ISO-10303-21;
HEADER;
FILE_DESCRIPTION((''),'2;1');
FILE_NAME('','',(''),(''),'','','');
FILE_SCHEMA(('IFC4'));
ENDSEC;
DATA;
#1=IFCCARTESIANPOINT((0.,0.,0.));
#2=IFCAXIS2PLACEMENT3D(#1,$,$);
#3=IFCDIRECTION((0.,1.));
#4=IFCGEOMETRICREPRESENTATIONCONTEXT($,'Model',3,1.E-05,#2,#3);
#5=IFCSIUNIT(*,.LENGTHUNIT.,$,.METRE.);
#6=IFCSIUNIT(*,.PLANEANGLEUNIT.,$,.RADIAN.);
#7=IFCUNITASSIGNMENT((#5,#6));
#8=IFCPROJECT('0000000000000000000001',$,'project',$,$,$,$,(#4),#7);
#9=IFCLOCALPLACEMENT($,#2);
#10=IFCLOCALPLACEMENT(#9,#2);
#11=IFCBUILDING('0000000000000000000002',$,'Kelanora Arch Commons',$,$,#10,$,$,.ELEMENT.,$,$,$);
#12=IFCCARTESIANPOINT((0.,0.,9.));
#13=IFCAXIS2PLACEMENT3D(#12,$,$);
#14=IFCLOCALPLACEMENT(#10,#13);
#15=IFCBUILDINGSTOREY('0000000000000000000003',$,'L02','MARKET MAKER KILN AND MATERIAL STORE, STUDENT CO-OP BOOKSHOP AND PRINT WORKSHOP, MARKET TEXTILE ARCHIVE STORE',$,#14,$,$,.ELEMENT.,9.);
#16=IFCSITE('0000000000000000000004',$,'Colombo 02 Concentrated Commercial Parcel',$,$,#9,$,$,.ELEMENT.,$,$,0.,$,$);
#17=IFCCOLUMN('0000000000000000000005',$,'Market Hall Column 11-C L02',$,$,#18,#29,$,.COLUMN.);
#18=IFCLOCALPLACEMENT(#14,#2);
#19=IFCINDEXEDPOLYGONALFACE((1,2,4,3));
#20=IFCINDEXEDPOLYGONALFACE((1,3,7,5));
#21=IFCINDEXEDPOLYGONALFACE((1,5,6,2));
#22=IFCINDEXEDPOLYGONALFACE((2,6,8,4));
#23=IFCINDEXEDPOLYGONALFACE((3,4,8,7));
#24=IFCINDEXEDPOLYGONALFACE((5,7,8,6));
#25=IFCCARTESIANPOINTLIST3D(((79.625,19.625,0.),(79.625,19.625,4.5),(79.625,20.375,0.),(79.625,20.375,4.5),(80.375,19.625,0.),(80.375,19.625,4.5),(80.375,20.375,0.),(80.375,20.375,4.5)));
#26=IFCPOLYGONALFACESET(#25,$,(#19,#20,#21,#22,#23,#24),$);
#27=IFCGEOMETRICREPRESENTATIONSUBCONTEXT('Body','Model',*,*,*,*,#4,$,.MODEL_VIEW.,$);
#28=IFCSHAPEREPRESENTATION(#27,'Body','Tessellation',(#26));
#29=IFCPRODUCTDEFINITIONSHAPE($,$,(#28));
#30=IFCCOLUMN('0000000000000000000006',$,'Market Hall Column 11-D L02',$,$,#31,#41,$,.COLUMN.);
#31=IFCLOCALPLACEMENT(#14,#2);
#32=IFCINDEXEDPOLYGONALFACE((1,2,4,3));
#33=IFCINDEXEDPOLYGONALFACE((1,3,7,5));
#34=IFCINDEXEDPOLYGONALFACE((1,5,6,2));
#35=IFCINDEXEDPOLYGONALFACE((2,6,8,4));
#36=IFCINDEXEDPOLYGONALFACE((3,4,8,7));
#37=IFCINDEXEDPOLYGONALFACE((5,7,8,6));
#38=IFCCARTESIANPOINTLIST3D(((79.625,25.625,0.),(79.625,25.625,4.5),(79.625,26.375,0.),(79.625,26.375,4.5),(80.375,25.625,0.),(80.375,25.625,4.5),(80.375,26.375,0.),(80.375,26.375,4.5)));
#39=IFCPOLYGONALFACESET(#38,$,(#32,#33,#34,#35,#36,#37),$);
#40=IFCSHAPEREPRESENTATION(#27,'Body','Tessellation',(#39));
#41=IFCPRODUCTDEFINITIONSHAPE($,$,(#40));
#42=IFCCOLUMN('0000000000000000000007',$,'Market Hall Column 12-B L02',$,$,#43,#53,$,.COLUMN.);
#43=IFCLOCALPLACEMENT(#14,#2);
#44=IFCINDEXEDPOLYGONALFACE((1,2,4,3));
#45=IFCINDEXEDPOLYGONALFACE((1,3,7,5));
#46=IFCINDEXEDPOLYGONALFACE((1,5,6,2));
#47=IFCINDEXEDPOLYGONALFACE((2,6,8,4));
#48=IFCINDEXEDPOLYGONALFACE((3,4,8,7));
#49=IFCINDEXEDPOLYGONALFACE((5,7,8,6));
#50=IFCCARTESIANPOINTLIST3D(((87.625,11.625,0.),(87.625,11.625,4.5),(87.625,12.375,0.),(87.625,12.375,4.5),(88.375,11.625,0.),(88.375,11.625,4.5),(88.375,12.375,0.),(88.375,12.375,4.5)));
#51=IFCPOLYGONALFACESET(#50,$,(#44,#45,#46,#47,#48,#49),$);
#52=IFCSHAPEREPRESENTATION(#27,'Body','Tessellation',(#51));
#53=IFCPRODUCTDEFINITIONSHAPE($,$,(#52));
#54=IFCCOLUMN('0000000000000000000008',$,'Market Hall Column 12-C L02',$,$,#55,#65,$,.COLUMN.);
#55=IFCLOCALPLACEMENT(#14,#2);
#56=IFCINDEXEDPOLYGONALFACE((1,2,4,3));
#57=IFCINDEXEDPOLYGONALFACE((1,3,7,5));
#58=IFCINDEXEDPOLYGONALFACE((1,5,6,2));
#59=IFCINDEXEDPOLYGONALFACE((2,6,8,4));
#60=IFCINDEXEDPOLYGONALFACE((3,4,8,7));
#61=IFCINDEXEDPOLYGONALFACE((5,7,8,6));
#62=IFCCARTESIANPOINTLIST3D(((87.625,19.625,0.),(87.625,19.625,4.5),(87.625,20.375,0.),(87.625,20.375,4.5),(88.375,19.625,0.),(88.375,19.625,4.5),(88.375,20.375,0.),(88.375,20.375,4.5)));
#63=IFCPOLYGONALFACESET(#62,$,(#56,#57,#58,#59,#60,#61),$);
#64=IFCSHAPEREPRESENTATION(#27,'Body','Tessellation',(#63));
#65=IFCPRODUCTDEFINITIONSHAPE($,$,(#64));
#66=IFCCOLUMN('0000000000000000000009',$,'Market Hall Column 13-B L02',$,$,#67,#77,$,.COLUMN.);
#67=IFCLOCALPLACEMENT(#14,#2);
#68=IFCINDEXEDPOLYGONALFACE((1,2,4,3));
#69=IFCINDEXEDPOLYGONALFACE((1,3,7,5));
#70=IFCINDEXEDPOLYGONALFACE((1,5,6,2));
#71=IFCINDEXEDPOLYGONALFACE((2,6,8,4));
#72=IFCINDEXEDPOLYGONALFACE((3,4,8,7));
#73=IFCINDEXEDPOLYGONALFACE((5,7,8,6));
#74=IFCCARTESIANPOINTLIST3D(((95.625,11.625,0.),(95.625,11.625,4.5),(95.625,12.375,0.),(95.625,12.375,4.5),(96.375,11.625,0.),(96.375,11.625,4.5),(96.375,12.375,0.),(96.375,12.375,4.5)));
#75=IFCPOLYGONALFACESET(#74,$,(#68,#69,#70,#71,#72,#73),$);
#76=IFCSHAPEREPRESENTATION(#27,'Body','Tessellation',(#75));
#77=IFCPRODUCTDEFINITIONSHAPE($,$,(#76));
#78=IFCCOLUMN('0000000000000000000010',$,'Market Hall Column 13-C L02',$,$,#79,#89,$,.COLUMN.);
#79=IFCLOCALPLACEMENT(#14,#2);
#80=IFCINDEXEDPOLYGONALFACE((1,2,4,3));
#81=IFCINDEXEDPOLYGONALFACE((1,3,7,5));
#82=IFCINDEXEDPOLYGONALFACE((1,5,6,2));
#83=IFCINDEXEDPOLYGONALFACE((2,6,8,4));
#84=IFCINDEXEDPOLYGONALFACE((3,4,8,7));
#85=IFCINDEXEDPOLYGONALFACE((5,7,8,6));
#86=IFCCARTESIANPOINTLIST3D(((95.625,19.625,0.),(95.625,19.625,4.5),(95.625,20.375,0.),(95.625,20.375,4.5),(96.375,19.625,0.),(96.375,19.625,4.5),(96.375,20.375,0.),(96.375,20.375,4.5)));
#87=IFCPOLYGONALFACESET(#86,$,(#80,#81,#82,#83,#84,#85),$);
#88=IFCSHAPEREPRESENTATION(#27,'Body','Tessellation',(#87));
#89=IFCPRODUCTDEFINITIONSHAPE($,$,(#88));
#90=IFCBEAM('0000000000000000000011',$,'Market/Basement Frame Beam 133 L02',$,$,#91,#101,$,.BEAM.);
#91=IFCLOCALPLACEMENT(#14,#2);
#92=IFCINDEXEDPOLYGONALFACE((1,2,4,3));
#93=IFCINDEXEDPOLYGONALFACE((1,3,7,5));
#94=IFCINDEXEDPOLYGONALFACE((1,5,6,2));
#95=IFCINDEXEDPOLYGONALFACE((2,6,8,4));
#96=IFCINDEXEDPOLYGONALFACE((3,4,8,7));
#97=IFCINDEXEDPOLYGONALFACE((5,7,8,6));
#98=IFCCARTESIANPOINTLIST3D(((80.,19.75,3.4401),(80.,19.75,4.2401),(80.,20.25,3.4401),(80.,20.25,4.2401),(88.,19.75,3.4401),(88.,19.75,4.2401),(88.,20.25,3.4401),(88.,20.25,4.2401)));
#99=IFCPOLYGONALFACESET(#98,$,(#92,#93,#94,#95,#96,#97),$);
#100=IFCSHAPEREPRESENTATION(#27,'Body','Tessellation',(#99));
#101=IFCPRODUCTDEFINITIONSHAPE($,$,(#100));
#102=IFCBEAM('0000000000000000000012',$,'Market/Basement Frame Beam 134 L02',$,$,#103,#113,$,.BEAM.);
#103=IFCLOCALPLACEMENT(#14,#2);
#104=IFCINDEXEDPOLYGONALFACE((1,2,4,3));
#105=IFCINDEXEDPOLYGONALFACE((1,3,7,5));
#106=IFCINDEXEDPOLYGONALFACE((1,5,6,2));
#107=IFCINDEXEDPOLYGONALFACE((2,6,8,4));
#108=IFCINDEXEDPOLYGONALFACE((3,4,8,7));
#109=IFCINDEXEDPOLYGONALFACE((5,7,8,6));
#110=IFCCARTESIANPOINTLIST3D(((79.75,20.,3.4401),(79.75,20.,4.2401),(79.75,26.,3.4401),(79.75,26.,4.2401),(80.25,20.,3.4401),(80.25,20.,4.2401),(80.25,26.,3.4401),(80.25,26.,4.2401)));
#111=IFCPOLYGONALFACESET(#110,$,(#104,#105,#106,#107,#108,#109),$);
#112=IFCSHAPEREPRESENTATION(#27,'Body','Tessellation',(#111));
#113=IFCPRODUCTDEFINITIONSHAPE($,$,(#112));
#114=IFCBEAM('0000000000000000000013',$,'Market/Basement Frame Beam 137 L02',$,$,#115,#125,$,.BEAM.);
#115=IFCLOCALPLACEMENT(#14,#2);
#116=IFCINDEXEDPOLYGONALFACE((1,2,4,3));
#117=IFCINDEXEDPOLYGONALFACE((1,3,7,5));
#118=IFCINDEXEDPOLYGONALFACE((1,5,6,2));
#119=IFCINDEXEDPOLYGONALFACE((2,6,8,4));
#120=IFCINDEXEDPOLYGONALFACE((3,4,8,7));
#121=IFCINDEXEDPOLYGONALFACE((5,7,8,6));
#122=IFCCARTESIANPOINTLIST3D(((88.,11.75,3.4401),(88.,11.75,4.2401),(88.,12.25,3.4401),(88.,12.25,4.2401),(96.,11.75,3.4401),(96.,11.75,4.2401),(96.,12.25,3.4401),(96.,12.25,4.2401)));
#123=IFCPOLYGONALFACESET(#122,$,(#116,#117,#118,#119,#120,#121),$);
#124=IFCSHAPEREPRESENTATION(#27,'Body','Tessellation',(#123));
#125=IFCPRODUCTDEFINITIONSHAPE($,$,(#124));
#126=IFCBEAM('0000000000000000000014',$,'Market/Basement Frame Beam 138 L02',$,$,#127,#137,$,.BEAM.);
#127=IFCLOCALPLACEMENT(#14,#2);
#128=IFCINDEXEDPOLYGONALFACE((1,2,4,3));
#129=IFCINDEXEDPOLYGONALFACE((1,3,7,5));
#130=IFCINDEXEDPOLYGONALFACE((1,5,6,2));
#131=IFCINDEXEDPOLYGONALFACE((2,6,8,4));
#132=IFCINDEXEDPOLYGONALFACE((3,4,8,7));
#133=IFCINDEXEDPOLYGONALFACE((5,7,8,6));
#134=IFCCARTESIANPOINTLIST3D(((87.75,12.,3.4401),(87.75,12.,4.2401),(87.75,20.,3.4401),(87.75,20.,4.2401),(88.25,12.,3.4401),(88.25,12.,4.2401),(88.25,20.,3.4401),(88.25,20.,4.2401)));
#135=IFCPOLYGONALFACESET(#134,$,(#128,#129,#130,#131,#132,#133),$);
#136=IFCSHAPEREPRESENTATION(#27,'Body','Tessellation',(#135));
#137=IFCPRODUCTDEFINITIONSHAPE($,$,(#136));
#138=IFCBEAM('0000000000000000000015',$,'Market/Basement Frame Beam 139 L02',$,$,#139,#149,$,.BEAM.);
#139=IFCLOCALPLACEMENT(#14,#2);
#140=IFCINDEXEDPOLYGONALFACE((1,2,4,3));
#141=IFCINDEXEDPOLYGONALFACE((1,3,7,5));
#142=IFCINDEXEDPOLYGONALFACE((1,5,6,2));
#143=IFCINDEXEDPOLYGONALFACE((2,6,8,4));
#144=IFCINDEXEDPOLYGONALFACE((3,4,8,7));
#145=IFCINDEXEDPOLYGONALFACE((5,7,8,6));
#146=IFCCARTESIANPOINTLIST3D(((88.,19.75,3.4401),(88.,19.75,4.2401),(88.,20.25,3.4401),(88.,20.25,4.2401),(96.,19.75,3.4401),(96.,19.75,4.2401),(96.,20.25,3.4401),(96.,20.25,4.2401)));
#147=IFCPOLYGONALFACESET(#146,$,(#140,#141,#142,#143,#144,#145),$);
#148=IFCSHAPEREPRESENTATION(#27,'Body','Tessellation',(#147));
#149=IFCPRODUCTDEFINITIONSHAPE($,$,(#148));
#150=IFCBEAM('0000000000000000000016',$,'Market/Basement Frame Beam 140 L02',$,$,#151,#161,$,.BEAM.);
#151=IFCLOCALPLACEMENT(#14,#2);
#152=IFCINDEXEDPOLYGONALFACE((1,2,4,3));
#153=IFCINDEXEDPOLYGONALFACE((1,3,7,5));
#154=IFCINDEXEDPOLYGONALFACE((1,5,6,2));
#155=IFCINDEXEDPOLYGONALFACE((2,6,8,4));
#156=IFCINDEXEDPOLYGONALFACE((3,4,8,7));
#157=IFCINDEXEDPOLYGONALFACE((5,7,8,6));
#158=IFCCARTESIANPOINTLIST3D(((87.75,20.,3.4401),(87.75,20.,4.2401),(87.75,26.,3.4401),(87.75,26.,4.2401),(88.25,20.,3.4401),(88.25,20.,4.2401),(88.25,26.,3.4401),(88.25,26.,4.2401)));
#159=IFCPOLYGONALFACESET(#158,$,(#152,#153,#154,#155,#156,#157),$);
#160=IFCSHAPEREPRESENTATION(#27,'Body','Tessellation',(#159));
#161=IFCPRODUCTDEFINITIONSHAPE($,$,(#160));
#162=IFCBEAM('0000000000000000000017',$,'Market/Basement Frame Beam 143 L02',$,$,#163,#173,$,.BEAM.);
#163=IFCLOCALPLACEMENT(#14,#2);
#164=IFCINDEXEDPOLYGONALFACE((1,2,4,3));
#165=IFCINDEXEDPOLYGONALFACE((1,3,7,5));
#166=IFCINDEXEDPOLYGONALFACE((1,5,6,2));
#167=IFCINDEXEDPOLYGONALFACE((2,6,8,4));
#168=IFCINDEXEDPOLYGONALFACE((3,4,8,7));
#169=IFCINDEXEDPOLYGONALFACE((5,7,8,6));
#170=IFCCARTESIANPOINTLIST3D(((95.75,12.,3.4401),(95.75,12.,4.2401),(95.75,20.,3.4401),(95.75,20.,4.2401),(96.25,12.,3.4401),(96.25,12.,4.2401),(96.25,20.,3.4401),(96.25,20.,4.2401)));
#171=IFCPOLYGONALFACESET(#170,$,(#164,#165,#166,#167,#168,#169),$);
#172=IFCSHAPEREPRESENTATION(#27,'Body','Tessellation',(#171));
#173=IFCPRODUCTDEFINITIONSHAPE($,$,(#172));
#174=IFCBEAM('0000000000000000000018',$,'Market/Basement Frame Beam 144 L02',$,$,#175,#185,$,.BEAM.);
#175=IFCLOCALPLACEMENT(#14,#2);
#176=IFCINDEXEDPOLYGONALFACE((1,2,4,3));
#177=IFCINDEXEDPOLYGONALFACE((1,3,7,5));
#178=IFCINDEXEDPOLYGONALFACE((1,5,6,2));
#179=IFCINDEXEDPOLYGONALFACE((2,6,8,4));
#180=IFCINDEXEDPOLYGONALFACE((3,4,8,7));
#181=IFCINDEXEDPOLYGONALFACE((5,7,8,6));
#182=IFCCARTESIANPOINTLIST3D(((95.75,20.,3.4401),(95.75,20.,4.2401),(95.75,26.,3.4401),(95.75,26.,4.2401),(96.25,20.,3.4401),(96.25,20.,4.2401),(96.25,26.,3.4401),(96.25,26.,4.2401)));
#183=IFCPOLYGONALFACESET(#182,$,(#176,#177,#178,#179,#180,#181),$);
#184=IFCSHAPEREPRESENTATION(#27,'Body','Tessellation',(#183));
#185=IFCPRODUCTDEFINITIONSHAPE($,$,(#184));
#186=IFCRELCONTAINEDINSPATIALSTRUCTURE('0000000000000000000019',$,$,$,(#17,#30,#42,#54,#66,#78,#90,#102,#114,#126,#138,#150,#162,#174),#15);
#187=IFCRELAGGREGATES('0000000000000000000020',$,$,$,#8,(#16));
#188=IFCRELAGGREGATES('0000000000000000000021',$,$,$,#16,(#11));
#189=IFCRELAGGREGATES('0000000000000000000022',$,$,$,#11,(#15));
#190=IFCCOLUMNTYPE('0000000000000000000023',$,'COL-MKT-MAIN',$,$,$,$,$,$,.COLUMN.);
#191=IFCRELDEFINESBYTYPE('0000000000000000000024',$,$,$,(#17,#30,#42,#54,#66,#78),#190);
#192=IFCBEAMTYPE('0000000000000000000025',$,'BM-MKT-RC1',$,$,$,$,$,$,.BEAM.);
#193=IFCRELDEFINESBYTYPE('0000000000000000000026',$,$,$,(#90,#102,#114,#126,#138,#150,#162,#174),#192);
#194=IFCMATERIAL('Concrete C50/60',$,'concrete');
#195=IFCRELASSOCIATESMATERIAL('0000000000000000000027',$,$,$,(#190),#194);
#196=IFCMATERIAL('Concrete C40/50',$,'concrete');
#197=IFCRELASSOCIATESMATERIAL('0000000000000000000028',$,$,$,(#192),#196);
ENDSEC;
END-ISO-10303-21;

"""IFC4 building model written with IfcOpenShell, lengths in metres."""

from ifc_helpers import new_model, si_unit, direction, frame, origin, origin_2d, place, context, subcontext, project, spatial, rectangle, extrude, material, material_profile, profile_set, type_object, element, save


model = new_model("IFC4")

# Units and contexts
model_context = context("Model", 3, precision=1e-05, world=origin(), true_north=direction((0.0, 1.0)))
body_context = subcontext(model_context, "Body", "Model", "MODEL_VIEW")
ifc_project = project(units=[si_unit("LENGTHUNIT", "METRE"), si_unit("PLANEANGLEUNIT", "RADIAN")], contexts=[model_context])

# Site, building, storey
site_placement = place(None, origin())
site = spatial("IfcSite", under=ifc_project, at=site_placement, Name="Colombo 02 Concentrated Commercial Parcel", CompositionType="ELEMENT", RefElevation=0.0)
building_placement = place(site_placement, origin())
building = spatial("IfcBuilding", under=site, at=building_placement, Name="Kelanora Arch Commons", CompositionType="ELEMENT")
storey_placement = place(building_placement, frame((0.0, 0.0, 9.0)))
storey = spatial("IfcBuildingStorey", under=building, at=storey_placement, Name="L02", Description="MARKET MAKER KILN AND MATERIAL STORE, STUDENT CO-OP BOOKSHOP AND PRINT WORKSHOP, MARKET TEXTILE ARCHIVE STORE", CompositionType="ELEMENT", Elevation=9.0)

# Columns
ifc_material_1 = material(Name="Concrete C50/60", Category="concrete")
ifc_material_profile_1 = material_profile(ifc_material_1, rectangle(XDim=0.75, YDim=0.75, at=origin_2d()), Name="RC750x750")
ifc_profile_set_1 = profile_set([ifc_material_profile_1], Name="Concrete C50/60")
column_type = type_object("IfcColumnType", Name="COL-MKT-MAIN", PredefinedType="COLUMN", material=ifc_profile_set_1)
for number, where, z_axis, x_axis, name in (
    (1, (80.0, 20.0, 0.0), (0.0, 0.0, 1.0), (1.0, 0.0, 0.0), "Market Hall Column 11-C L02"),
    (2, (80.0, 26.0, 0.0), (0.0, 0.0, 1.0), (1.0, 0.0, 0.0), "Market Hall Column 11-D L02"),
    (3, (88.0, 12.0, 0.0), (0.0, 0.0, 1.0), (1.0, 0.0, 0.0), "Market Hall Column 12-B L02"),
    (4, (88.0, 20.0, 0.0), (0.0, 0.0, 1.0), (1.0, 0.0, 0.0), "Market Hall Column 12-C L02"),
    (5, (96.0, 12.0, 0.0), (0.0, 0.0, 1.0), (1.0, 0.0, 0.0), "Market Hall Column 13-B L02"),
    (6, (96.0, 20.0, 0.0), (0.0, 0.0, 1.0), (1.0, 0.0, 0.0), "Market Hall Column 13-C L02"),
):
    element("IfcColumn", number, at=place(storey_placement, frame(where, z_axis=z_axis, x_axis=x_axis)), inside=storey, type_object=column_type, Name=name, PredefinedType="COLUMN", context=body_context, shape_type="SweptSolid", body=[
        extrude(rectangle(XDim=0.75, YDim=0.75, at=origin_2d()), origin(), (0.0, 0.0, 1.0), 4.5),
    ])

# Beams
ifc_material_2 = material(Name="Concrete C40/50", Category="concrete")
ifc_material_profile_2 = material_profile(ifc_material_2, rectangle(XDim=0.5, YDim=0.8, at=origin_2d()), Name="RCB500x800")
ifc_profile_set_2 = profile_set([ifc_material_profile_2], Name="Concrete C40/50")
beam_type = type_object("IfcBeamType", Name="BM-MKT-RC1", PredefinedType="BEAM", material=ifc_profile_set_2)
beam_1_placement = place(storey_placement, frame((80.0, 20.0, 3.8401), z_axis=(1.0, 0.0, 0.0), x_axis=(0.0, 1.0, 0.0)))
element("IfcBeam", 7, at=beam_1_placement, inside=storey, type_object=beam_type, Name="Market/Basement Frame Beam 133 L02", PredefinedType="BEAM", context=body_context, shape_type="SweptSolid", body=[
    extrude(rectangle(XDim=0.5, YDim=0.8, at=origin_2d()), origin(), (0.0, 0.0, 1.0), 8.0),
])
beam_2_placement = place(storey_placement, frame((80.0, 20.0, 3.8401), z_axis=(0.0, 1.0, 0.0), x_axis=(-1.0, 0.0, 0.0)))
element("IfcBeam", 8, at=beam_2_placement, inside=storey, type_object=beam_type, Name="Market/Basement Frame Beam 134 L02", PredefinedType="BEAM", context=body_context, shape_type="SweptSolid", body=[
    extrude(rectangle(XDim=0.5, YDim=0.8, at=origin_2d()), origin(), (0.0, 0.0, 1.0), 6.0),
])
for number, where, z_axis, x_axis, name in (
    (9, (88.0, 12.0, 3.8401), (1.0, 0.0, 0.0), (0.0, 1.0, 0.0), "Market/Basement Frame Beam 137 L02"),
    (10, (88.0, 12.0, 3.8401), (0.0, 1.0, 0.0), (-1.0, 0.0, 0.0), "Market/Basement Frame Beam 138 L02"),
    (11, (88.0, 20.0, 3.8401), (1.0, 0.0, 0.0), (0.0, 1.0, 0.0), "Market/Basement Frame Beam 139 L02"),
):
    element("IfcBeam", number, at=place(storey_placement, frame(where, z_axis=z_axis, x_axis=x_axis)), inside=storey, type_object=beam_type, Name=name, PredefinedType="BEAM", context=body_context, shape_type="SweptSolid", body=[
        extrude(rectangle(XDim=0.5, YDim=0.8, at=origin_2d()), origin(), (0.0, 0.0, 1.0), 8.0),
    ])
beam_3_placement = place(storey_placement, frame((88.0, 20.0, 3.8401), z_axis=(0.0, 1.0, 0.0), x_axis=(-1.0, 0.0, 0.0)))
element("IfcBeam", 12, at=beam_3_placement, inside=storey, type_object=beam_type, Name="Market/Basement Frame Beam 140 L02", PredefinedType="BEAM", context=body_context, shape_type="SweptSolid", body=[
    extrude(rectangle(XDim=0.5, YDim=0.8, at=origin_2d()), origin(), (0.0, 0.0, 1.0), 6.0),
])
beam_4_placement = place(storey_placement, frame((96.0, 12.0, 3.8401), z_axis=(0.0, 1.0, 0.0), x_axis=(-1.0, 0.0, 0.0)))
element("IfcBeam", 13, at=beam_4_placement, inside=storey, type_object=beam_type, Name="Market/Basement Frame Beam 143 L02", PredefinedType="BEAM", context=body_context, shape_type="SweptSolid", body=[
    extrude(rectangle(XDim=0.5, YDim=0.8, at=origin_2d()), origin(), (0.0, 0.0, 1.0), 8.0),
])
beam_5_placement = place(storey_placement, frame((96.0, 20.0, 3.8401), z_axis=(0.0, 1.0, 0.0), x_axis=(-1.0, 0.0, 0.0)))
element("IfcBeam", 14, at=beam_5_placement, inside=storey, type_object=beam_type, Name="Market/Basement Frame Beam 144 L02", PredefinedType="BEAM", context=body_context, shape_type="SweptSolid", body=[
    extrude(rectangle(XDim=0.5, YDim=0.8, at=origin_2d()), origin(), (0.0, 0.0, 1.0), 6.0),
])

save(model, "model.ifc")
